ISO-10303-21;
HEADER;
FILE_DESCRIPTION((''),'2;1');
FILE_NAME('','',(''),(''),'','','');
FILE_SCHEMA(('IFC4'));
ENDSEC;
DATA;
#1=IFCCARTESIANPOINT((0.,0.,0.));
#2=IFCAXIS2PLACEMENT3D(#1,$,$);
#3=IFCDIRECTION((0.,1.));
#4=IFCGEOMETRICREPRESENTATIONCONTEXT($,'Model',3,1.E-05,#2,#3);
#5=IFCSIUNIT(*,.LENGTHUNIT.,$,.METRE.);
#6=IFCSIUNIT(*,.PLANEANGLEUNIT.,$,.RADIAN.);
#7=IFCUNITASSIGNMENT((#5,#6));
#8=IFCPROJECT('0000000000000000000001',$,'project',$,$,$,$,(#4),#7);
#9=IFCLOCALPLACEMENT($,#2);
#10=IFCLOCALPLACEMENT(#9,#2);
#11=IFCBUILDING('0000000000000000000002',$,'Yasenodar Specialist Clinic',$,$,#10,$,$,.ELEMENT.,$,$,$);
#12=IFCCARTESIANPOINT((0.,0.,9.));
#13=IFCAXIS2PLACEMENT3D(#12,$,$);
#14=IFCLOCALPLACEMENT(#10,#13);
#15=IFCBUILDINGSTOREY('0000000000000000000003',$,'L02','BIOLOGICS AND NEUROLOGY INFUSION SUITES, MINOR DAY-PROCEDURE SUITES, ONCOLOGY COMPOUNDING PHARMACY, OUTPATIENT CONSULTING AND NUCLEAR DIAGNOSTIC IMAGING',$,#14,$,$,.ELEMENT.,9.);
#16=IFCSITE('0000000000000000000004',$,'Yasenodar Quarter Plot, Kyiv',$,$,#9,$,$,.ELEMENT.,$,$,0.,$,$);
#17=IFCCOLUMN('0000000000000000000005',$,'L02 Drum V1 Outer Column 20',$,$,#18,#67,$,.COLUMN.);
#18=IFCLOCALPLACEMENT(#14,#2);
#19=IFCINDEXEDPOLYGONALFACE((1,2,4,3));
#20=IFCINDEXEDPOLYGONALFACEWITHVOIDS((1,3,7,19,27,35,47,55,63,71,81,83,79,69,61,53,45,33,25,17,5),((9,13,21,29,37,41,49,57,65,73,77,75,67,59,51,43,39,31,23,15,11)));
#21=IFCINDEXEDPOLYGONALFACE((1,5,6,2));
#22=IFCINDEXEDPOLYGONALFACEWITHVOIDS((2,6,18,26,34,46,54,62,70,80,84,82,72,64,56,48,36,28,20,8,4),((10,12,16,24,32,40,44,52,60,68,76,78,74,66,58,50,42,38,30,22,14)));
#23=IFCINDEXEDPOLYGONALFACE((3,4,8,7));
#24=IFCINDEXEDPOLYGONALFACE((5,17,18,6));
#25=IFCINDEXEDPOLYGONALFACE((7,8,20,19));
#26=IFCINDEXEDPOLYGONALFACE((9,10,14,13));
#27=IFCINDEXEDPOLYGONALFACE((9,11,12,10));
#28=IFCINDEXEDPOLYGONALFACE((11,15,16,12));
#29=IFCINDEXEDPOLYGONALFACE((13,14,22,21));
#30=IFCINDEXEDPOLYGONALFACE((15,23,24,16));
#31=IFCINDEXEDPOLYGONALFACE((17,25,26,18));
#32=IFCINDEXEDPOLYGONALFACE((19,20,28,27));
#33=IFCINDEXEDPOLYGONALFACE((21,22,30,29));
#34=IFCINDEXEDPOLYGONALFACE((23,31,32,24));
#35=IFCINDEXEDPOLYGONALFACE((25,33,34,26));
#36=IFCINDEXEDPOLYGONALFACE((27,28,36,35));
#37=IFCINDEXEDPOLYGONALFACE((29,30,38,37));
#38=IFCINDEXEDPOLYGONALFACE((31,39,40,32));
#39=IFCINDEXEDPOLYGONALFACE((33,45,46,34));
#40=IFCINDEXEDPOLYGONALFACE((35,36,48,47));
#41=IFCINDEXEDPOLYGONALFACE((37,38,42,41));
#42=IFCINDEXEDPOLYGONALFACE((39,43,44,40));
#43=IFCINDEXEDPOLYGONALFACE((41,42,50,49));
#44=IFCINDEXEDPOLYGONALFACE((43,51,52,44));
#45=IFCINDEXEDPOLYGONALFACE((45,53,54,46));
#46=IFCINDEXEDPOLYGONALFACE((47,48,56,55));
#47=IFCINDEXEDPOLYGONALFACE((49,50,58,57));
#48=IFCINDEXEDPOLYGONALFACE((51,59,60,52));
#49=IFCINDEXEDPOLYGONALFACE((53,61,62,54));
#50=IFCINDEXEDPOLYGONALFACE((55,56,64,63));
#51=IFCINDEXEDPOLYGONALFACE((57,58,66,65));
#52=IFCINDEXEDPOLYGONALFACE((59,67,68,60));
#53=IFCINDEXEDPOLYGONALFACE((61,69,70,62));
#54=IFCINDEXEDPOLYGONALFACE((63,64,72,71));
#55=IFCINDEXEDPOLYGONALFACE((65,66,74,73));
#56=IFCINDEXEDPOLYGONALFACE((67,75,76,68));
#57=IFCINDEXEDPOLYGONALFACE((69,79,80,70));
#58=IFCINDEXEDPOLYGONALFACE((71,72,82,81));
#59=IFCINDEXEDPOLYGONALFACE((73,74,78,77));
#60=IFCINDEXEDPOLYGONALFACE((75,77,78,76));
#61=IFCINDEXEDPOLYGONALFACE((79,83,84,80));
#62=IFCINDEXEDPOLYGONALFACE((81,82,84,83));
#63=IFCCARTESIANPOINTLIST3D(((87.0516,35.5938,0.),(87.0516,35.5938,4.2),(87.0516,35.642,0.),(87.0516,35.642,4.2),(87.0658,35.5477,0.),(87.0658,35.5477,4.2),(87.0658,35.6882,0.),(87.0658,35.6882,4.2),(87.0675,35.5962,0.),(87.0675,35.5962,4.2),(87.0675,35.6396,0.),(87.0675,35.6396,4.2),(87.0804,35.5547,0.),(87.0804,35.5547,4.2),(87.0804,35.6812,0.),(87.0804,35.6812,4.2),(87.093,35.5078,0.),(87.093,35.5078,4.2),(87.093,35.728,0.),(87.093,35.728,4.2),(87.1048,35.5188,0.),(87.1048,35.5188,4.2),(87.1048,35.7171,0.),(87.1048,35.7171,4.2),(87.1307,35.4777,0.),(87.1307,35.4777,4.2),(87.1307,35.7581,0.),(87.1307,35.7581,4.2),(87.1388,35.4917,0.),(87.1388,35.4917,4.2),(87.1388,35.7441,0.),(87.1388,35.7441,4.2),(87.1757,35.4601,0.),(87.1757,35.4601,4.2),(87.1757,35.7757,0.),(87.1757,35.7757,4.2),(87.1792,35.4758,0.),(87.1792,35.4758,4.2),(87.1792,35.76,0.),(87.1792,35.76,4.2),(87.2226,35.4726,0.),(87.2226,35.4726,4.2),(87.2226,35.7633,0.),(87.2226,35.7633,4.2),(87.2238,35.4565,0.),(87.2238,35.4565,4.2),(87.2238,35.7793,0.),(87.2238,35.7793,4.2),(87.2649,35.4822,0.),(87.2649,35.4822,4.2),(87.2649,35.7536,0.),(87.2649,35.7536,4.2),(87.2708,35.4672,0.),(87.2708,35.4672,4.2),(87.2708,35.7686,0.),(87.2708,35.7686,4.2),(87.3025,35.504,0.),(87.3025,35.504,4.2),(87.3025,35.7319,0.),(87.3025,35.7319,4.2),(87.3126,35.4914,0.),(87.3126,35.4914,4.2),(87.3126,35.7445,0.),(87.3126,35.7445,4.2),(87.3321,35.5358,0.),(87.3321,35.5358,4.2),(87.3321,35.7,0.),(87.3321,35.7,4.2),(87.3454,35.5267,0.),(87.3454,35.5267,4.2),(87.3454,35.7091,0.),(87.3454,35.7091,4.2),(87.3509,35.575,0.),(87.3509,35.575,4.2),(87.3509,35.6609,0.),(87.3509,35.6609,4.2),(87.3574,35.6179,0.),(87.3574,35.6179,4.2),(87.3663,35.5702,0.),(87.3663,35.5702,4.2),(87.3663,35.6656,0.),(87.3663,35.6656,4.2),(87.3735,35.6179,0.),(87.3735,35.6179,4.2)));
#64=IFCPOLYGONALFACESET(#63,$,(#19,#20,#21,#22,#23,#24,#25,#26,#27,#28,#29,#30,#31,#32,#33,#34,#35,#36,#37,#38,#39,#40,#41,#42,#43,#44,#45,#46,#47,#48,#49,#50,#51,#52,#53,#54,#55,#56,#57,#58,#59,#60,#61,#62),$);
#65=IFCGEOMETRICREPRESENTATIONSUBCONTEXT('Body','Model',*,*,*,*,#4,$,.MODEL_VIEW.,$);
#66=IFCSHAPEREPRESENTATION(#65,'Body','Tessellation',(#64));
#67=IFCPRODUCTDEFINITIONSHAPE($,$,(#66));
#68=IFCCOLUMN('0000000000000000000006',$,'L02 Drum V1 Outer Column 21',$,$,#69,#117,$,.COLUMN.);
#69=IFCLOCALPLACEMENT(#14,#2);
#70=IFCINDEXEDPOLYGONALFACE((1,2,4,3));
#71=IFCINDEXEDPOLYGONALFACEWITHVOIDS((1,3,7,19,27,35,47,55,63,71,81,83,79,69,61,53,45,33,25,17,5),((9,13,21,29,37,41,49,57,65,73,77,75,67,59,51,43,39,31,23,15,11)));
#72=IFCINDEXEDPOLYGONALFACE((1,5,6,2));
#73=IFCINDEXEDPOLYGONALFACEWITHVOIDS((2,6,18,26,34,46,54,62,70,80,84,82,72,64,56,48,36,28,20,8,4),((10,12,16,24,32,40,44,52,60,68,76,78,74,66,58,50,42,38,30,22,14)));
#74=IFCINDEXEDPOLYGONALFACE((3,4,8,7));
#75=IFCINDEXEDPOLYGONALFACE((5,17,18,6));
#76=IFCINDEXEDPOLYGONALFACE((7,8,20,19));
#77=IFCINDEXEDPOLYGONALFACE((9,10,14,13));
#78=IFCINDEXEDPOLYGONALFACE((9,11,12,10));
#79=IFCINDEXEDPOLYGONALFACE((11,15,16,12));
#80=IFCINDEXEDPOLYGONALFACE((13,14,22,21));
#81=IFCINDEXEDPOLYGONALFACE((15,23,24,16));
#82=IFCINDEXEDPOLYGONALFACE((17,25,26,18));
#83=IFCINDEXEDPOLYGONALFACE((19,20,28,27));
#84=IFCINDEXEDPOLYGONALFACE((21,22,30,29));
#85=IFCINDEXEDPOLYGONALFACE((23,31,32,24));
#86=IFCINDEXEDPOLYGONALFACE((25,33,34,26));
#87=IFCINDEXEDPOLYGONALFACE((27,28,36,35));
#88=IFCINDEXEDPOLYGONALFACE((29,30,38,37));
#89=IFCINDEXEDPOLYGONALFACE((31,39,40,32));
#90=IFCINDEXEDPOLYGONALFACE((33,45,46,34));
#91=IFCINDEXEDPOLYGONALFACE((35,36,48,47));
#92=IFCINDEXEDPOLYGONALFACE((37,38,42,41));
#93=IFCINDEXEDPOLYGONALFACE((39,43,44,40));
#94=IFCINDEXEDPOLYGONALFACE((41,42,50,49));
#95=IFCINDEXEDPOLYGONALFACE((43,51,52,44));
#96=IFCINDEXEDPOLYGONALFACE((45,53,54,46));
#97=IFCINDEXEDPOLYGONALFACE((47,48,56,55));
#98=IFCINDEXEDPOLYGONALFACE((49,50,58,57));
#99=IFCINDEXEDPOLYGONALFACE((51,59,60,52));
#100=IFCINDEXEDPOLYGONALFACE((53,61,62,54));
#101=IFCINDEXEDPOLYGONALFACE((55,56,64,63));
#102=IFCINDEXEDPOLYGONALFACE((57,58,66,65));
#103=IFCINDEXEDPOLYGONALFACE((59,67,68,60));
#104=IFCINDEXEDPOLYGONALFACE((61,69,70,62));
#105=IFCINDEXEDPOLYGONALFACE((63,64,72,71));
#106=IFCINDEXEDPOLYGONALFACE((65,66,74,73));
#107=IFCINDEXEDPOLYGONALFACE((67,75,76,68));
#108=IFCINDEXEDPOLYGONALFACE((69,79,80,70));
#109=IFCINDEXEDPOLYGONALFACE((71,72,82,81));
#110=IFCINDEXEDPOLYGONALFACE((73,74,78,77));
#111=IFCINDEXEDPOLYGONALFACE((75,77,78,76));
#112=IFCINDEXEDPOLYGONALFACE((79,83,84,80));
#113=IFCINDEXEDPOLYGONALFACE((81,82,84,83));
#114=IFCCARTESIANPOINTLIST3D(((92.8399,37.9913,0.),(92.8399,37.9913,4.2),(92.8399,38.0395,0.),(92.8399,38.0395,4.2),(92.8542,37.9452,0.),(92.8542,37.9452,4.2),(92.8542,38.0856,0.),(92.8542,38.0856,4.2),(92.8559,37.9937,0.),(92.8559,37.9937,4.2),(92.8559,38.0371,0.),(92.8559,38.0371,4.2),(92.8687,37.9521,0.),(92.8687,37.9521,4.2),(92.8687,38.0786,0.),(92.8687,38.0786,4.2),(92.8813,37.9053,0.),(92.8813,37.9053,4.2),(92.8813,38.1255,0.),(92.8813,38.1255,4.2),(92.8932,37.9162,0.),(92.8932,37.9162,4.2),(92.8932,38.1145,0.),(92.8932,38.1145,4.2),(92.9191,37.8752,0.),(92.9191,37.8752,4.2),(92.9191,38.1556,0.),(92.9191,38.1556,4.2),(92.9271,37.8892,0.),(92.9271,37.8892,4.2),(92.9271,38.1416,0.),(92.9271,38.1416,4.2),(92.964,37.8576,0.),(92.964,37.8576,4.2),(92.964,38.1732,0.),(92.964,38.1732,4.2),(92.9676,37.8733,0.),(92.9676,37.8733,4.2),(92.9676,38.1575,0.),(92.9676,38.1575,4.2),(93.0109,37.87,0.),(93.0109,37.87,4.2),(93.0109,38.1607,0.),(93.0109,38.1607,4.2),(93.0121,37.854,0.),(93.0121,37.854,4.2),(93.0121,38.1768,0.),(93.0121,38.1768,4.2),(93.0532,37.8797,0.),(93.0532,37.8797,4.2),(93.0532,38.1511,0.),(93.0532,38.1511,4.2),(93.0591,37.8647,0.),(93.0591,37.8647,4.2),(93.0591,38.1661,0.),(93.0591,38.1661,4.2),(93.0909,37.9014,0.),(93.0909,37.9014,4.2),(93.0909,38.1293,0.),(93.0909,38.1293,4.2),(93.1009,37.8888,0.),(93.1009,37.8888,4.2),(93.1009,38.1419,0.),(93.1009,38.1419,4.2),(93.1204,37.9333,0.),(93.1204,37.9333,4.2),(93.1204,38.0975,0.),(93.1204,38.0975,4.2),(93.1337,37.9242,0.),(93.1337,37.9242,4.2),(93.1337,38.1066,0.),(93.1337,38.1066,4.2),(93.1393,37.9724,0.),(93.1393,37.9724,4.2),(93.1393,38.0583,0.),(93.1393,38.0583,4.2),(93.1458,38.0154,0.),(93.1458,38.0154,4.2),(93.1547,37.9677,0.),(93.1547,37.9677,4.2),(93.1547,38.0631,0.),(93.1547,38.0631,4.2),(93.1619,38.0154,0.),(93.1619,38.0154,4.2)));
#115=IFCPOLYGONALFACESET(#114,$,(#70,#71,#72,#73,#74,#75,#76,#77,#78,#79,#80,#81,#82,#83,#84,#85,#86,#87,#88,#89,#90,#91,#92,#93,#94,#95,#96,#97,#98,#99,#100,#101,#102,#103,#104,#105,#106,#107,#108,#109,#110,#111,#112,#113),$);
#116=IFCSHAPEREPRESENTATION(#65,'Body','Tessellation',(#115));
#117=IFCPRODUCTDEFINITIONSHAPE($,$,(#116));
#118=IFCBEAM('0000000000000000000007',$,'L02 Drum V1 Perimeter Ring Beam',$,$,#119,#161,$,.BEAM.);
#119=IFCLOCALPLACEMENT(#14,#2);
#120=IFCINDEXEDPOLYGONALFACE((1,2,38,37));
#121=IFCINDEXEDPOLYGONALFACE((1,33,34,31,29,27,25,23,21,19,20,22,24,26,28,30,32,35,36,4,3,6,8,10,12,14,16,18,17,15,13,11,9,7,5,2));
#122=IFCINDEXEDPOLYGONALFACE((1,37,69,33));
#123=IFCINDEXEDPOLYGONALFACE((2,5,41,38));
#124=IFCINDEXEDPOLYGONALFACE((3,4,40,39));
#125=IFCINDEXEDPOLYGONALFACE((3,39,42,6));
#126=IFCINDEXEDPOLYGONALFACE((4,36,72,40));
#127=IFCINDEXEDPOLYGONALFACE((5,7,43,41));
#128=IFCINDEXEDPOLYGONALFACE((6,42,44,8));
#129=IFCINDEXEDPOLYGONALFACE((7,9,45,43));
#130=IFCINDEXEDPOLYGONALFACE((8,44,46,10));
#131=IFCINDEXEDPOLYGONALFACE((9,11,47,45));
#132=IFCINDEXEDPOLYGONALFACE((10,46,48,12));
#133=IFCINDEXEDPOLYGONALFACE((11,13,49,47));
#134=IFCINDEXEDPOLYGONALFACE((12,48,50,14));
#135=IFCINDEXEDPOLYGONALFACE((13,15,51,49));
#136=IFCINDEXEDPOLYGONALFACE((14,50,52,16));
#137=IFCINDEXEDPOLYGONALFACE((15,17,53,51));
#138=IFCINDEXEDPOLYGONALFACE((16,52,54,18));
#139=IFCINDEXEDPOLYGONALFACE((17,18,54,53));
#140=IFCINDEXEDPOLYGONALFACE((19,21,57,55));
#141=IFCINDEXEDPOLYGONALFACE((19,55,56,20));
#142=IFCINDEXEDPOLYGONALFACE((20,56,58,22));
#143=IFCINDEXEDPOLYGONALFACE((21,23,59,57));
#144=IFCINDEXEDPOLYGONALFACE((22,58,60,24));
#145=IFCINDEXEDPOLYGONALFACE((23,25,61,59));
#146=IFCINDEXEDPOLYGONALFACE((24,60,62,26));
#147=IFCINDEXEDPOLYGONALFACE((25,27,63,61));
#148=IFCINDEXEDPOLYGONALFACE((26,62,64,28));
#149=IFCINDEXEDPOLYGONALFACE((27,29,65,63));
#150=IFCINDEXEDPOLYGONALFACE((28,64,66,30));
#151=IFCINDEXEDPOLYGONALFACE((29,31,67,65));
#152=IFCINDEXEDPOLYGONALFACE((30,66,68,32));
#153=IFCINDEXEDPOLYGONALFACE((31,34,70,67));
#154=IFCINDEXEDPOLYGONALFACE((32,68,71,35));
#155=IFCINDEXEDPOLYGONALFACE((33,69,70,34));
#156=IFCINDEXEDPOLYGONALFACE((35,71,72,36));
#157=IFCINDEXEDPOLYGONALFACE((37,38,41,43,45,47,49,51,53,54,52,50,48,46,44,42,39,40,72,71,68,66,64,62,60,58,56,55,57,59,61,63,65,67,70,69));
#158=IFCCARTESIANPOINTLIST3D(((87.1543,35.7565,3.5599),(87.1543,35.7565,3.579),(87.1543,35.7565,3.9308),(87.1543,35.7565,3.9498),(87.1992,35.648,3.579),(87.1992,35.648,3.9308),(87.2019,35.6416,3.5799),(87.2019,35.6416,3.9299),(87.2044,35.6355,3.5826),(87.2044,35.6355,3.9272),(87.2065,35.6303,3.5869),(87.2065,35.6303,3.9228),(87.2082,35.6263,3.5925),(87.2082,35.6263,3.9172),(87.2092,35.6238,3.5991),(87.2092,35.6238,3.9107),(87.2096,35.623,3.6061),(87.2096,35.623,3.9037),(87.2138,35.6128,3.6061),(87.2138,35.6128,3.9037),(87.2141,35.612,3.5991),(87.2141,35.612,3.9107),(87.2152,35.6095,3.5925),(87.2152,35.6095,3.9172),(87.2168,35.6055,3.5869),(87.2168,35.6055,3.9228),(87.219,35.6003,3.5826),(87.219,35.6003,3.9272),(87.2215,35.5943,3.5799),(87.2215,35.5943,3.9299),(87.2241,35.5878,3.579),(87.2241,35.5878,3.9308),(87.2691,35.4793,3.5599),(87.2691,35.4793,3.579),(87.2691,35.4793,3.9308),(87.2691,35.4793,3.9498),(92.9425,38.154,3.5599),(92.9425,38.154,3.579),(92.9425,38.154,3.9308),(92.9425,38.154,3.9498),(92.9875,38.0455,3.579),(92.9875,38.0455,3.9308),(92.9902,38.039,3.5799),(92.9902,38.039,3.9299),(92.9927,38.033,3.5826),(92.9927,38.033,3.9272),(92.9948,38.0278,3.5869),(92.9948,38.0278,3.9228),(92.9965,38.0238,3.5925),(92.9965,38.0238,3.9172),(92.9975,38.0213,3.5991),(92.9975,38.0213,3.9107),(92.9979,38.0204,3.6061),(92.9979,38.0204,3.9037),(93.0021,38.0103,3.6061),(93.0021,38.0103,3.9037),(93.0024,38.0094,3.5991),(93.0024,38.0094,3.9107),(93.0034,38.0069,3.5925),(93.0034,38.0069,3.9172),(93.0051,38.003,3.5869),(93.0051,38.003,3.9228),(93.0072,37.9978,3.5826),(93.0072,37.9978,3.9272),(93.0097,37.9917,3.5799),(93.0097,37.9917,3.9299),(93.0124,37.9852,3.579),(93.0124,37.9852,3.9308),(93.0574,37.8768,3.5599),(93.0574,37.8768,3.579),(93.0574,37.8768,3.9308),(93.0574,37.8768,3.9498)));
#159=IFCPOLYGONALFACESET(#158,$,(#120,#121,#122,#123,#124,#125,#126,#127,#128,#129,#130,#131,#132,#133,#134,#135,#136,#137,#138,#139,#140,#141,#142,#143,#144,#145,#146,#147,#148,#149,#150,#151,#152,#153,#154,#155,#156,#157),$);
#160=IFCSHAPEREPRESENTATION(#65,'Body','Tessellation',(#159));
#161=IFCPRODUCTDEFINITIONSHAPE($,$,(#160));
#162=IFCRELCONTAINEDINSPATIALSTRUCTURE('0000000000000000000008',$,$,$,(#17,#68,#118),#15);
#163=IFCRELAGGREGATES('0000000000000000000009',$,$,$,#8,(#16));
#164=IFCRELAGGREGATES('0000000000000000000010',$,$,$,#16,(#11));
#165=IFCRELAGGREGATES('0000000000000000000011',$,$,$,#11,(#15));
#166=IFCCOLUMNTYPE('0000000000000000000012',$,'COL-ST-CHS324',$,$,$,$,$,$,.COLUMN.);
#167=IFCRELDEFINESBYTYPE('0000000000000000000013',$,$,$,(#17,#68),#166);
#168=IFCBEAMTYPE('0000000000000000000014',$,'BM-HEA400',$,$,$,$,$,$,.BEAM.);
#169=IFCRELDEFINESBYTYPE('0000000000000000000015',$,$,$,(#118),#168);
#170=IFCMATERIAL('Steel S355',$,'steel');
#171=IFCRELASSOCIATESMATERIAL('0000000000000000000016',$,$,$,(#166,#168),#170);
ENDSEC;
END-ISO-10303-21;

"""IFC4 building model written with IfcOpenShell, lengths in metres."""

from ifc_helpers import new_model, si_unit, direction, frame, origin, origin_2d, place, context, subcontext, project, spatial, hollow_circle, i_section, extrude, material, material_profile, profile_set, type_object, element, save


model = new_model("IFC4")

# Units and contexts
model_context = context("Model", 3, precision=1e-05, world=origin(), true_north=direction((0.0, 1.0)))
body_context = subcontext(model_context, "Body", "Model", "MODEL_VIEW")
ifc_project = project(units=[si_unit("LENGTHUNIT", "METRE"), si_unit("PLANEANGLEUNIT", "RADIAN")], contexts=[model_context])

# Site, building, storey
site_placement = place(None, origin())
site = spatial("IfcSite", under=ifc_project, at=site_placement, Name="Yasenodar Quarter Plot, Kyiv", CompositionType="ELEMENT", RefElevation=0.0)
building_placement = place(site_placement, origin())
building = spatial("IfcBuilding", under=site, at=building_placement, Name="Yasenodar Specialist Clinic", CompositionType="ELEMENT")
storey_placement = place(building_placement, frame((0.0, 0.0, 9.0)))
storey = spatial("IfcBuildingStorey", under=building, at=storey_placement, Name="L02", Description="BIOLOGICS AND NEUROLOGY INFUSION SUITES, MINOR DAY-PROCEDURE SUITES, ONCOLOGY COMPOUNDING PHARMACY, OUTPATIENT CONSULTING AND NUCLEAR DIAGNOSTIC IMAGING", CompositionType="ELEMENT", Elevation=9.0)

# Columns
ifc_material_1 = material(Name="Steel S355", Category="steel")
ifc_material_profile_1 = material_profile(ifc_material_1, hollow_circle(Radius=0.1619, WallThickness=0.0161, at=origin_2d()), Name="CHS 323.9x16")
ifc_profile_set_1 = profile_set([ifc_material_profile_1], Name="Steel S355")
column_type = type_object("IfcColumnType", Name="COL-ST-CHS324", PredefinedType="COLUMN", material=ifc_profile_set_1)
for number, where, z_axis, x_axis, name in (
    (1, (87.2117, 35.6179, 0.0), (0.0, 0.0, 1.0), (1.0, 0.0, 0.0), "L02 Drum V1 Outer Column 20"),
    (2, (93.0, 38.0154, 0.0), (0.0, 0.0, 1.0), (1.0, 0.0, 0.0), "L02 Drum V1 Outer Column 21"),
):
    element("IfcColumn", number, at=place(storey_placement, frame(where, z_axis=z_axis, x_axis=x_axis)), inside=storey, type_object=column_type, Name=name, PredefinedType="COLUMN", context=body_context, shape_type="SweptSolid", body=[
        extrude(hollow_circle(Radius=0.1619, WallThickness=0.0161, at=origin_2d()), origin(), (0.0, 0.0, 1.0), 4.2),
    ])

# Beam
ifc_material_profile_2 = material_profile(ifc_material_1, i_section(OverallWidth=0.3, OverallDepth=0.3899, WebThickness=0.011, FlangeThickness=0.019, FilletRadius=0.0271, at=origin_2d()), Name="HEA 400")
ifc_profile_set_2 = profile_set([ifc_material_profile_2], Name="Steel S355")
beam_type = type_object("IfcBeamType", Name="BM-HEA400", PredefinedType="BEAM", material=ifc_profile_set_2)
beam_1_placement = place(storey_placement, frame((87.2117, 35.6179, 3.7549), z_axis=(0.923888, 0.382664, 0.0), x_axis=(-0.382664, 0.923888, 0.0)))
element("IfcBeam", 3, at=beam_1_placement, inside=storey, type_object=beam_type, Name="L02 Drum V1 Perimeter Ring Beam", PredefinedType="BEAM", context=body_context, shape_type="SweptSolid", body=[
    extrude(i_section(OverallWidth=0.3, OverallDepth=0.3899, WebThickness=0.011, FlangeThickness=0.019, FilletRadius=0.0271, at=origin_2d()), origin(), (0.0, 0.0, 1.0), 6.2651),
])

save(model, "model.ifc")
